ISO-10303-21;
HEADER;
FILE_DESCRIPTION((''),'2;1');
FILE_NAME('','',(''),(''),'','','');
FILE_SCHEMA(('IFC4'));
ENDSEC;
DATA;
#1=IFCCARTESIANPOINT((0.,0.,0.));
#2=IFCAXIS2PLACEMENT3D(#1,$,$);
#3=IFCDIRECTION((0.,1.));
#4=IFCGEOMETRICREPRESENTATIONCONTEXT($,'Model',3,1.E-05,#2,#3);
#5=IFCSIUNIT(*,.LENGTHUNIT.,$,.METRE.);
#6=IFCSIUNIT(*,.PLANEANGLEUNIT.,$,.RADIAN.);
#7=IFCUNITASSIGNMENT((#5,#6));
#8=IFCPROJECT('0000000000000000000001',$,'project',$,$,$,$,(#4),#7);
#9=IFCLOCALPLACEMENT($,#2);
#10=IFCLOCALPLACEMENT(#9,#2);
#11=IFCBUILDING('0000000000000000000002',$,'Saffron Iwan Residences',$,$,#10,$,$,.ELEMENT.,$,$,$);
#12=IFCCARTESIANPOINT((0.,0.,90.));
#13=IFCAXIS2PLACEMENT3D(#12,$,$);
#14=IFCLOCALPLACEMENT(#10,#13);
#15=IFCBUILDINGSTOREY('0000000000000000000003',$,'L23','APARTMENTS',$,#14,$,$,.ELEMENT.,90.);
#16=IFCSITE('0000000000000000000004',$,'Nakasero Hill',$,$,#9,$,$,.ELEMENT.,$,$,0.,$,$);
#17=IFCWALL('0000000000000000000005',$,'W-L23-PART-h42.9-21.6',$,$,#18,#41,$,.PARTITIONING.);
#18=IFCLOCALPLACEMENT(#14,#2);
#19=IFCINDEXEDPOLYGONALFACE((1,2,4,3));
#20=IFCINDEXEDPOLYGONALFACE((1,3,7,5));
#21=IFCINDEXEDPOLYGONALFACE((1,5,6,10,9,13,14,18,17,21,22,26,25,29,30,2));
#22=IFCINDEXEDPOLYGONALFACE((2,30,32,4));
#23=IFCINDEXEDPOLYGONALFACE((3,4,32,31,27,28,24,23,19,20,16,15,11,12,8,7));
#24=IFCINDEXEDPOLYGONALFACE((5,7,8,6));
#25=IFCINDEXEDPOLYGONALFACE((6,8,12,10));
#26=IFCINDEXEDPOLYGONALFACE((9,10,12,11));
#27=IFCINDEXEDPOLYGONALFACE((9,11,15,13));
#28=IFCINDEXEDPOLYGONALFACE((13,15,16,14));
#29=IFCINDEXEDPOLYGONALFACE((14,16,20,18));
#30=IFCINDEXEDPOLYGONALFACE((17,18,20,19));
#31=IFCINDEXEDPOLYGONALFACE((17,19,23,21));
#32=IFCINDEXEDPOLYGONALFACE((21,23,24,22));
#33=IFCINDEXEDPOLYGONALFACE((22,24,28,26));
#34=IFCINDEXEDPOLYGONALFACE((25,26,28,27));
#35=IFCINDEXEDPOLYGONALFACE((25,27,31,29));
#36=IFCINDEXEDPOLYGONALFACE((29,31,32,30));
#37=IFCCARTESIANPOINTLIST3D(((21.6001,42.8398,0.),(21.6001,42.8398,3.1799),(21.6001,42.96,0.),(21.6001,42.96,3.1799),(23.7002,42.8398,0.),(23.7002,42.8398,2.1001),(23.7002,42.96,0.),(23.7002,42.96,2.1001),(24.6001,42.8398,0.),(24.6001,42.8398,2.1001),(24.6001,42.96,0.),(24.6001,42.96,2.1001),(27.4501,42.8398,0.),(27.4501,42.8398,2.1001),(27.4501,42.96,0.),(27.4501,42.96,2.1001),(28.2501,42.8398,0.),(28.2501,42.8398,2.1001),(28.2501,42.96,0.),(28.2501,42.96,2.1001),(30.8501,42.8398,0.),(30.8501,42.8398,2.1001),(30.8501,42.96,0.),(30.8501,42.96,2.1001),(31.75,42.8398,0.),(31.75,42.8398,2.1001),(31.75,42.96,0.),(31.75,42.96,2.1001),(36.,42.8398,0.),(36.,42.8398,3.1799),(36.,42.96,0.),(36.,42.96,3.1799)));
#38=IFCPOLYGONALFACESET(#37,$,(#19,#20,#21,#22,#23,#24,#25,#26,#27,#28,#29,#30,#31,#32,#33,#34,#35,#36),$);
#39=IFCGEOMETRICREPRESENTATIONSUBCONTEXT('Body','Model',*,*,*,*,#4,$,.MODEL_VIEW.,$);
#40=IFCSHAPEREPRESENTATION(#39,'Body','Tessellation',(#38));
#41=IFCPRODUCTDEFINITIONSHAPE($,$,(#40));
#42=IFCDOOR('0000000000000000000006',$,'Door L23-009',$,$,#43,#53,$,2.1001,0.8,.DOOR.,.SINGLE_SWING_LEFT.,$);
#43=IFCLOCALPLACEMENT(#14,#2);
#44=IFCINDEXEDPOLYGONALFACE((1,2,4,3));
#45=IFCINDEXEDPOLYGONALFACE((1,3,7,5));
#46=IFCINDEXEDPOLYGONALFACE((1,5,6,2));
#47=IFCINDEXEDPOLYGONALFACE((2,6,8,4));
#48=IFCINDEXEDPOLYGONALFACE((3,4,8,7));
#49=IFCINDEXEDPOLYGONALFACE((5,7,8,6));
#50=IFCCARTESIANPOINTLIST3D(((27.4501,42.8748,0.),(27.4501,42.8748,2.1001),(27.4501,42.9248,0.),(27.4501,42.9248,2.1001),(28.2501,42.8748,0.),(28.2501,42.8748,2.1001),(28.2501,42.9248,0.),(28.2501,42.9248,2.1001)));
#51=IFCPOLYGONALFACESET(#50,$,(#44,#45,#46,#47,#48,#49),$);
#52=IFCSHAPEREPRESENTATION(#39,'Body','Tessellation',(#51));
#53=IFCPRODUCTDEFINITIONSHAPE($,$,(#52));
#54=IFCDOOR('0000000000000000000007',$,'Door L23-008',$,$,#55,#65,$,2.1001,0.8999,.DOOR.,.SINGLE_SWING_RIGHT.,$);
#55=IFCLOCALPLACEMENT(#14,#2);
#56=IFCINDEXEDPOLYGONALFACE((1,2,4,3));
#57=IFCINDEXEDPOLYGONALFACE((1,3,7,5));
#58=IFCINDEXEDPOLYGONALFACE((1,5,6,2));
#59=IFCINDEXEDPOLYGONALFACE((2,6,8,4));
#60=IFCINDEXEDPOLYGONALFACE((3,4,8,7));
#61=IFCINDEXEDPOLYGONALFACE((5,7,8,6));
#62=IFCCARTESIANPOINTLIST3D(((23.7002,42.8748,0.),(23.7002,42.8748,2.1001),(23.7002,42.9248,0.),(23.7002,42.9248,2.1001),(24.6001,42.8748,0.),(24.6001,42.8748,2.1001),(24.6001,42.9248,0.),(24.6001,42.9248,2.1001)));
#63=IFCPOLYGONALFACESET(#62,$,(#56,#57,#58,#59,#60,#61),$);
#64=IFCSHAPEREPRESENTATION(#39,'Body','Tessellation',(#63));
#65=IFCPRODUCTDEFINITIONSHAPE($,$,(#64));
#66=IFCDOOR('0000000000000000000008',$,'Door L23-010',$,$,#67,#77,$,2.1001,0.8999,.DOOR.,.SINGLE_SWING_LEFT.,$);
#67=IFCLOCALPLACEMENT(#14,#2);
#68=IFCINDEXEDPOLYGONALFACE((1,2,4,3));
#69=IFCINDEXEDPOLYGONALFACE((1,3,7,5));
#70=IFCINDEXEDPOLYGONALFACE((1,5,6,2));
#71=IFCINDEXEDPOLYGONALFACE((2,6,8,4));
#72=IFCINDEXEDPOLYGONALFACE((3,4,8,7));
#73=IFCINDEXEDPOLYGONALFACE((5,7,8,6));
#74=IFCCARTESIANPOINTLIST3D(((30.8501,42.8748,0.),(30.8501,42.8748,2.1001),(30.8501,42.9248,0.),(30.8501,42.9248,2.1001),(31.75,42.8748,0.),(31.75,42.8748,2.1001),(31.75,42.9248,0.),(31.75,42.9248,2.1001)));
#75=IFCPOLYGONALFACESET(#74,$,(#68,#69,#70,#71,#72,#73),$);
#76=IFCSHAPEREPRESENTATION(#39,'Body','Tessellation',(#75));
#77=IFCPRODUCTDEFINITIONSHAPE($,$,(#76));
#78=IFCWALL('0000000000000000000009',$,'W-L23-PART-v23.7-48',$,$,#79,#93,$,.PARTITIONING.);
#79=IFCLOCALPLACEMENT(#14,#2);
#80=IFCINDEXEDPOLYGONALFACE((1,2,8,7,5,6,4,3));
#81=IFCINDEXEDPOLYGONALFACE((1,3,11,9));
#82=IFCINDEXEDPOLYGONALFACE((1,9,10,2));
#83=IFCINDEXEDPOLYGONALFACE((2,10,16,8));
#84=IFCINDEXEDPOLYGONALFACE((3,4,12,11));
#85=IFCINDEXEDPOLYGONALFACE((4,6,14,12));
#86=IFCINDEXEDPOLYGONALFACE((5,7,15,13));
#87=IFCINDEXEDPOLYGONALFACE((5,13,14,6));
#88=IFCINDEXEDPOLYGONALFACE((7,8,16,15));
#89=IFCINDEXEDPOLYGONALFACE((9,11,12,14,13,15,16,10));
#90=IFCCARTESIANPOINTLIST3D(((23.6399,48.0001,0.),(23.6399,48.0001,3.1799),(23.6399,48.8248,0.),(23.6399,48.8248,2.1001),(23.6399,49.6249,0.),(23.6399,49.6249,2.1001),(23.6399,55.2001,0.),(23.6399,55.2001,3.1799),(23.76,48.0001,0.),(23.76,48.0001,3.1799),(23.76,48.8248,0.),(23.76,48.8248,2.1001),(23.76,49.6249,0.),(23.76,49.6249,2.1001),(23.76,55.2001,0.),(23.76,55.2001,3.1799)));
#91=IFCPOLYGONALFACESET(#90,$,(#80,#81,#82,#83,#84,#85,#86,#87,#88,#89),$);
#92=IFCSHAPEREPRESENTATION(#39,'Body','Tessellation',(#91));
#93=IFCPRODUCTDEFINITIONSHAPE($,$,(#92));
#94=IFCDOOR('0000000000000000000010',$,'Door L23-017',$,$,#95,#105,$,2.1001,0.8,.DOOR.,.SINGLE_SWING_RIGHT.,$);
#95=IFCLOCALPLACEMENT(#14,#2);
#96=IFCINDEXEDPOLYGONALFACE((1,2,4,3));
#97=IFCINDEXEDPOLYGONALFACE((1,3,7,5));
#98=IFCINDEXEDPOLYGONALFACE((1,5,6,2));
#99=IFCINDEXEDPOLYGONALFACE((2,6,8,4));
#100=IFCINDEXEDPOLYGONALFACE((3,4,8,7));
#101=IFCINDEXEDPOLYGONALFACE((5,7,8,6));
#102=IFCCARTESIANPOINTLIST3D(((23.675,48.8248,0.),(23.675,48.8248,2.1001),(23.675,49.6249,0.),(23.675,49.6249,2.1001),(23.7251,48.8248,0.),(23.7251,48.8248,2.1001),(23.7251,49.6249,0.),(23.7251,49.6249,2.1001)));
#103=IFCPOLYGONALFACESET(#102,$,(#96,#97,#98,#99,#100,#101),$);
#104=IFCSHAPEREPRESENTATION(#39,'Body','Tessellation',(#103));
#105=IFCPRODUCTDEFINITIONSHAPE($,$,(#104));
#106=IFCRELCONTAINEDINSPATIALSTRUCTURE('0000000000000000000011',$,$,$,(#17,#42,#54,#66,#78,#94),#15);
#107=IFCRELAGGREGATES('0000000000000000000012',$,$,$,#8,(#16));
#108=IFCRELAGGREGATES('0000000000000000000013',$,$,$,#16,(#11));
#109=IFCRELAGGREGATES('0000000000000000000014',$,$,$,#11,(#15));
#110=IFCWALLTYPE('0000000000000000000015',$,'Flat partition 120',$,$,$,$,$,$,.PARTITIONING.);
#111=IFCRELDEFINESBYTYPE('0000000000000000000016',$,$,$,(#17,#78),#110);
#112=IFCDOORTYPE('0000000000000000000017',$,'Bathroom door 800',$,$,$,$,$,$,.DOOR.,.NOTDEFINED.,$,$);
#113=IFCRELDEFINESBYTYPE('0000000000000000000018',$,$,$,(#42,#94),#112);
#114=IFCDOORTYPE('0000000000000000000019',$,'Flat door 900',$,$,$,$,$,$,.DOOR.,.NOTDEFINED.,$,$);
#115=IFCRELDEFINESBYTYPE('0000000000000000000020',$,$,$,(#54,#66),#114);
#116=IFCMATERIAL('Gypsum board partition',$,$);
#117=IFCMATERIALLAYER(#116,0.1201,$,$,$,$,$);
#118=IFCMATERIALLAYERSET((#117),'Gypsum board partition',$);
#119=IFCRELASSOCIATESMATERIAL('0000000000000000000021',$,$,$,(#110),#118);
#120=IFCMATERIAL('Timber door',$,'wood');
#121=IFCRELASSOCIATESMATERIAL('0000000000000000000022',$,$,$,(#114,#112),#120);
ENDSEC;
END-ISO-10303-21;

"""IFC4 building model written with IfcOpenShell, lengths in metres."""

from ifc_helpers import new_model, si_unit, direction, frame, frame_2d, origin, place, context, subcontext, project, spatial, rectangle, extrude, material, layer, layer_set, type_object, element, fill, save


model = new_model("IFC4")

# Units and contexts
model_context = context("Model", 3, precision=1e-05, world=origin(), true_north=direction((0.0, 1.0)))
body_context = subcontext(model_context, "Body", "Model", "MODEL_VIEW")
ifc_project = project(units=[si_unit("LENGTHUNIT", "METRE"), si_unit("PLANEANGLEUNIT", "RADIAN")], contexts=[model_context])

# Site, building, storey
site_placement = place(None, origin())
site = spatial("IfcSite", under=ifc_project, at=site_placement, Name="Nakasero Hill", CompositionType="ELEMENT", RefElevation=0.0)
building_placement = place(site_placement, origin())
building = spatial("IfcBuilding", under=site, at=building_placement, Name="Saffron Iwan Residences", CompositionType="ELEMENT")
storey_placement = place(building_placement, frame((0.0, 0.0, 90.0)))
storey = spatial("IfcBuildingStorey", under=building, at=storey_placement, Name="L23", Description="APARTMENTS", CompositionType="ELEMENT", Elevation=90.0)

# Shared definitions
ifc_material_1 = material(Name="Gypsum board partition")
ifc_layer_1 = layer(ifc_material_1, 0.1201)
ifc_layer_set_1 = layer_set([ifc_layer_1], Name="Gypsum board partition")
wall_type_1 = type_object("IfcWallType", Name="Flat partition 120", PredefinedType="PARTITIONING", material=ifc_layer_set_1)
ifc_material_2 = material(Name="Timber door", Category="wood")
door_type_1 = type_object("IfcDoorType", Name="Flat door 900", OperationType="NOTDEFINED", PredefinedType="DOOR", material=ifc_material_2)

# Wall, openings, doors
wall_1_placement = place(storey_placement, frame((21.6001, 42.8999, 0.0), z_axis=(0.0, 0.0, 1.0), x_axis=(1.0, 0.0, 0.0)))
wall_1 = element("IfcWall", 1, at=wall_1_placement, inside=storey, type_object=wall_type_1, Name="W-L23-PART-h42.9-21.6", PredefinedType="PARTITIONING", context=body_context, shape_type="SweptSolid", body=[
    extrude(rectangle(XDim=14.3999, YDim=0.1201, at=frame_2d((7.2, 0.0))), origin(), (0.0, 0.0, 1.0), 3.1799),
])
opening_1_placement = place(wall_1_placement, frame((2.1001, 0.0, 0.0)))
opening_1 = element("IfcOpeningElement", 2, at=opening_1_placement, cuts=wall_1, PredefinedType="OPENING", context=body_context, shape_type="SweptSolid", body=[
    extrude(rectangle(XDim=0.8999, YDim=2.1001, at=frame_2d((0.45, 1.05))), frame((0.0, 0.0701, 0.0), z_axis=(0.0, -1.0, 0.0), x_axis=(1.0, 0.0, 0.0)), (0.0, 0.0, 1.0), 0.1401),
])
opening_2_placement = place(wall_1_placement, frame((5.8501, 0.0, 0.0)))
opening_2 = element("IfcOpeningElement", 3, at=opening_2_placement, cuts=wall_1, PredefinedType="OPENING", context=body_context, shape_type="SweptSolid", body=[
    extrude(rectangle(XDim=0.8, YDim=2.1001, at=frame_2d((0.3999, 1.05))), frame((0.0, 0.0701, 0.0), z_axis=(0.0, -1.0, 0.0), x_axis=(1.0, 0.0, 0.0)), (0.0, 0.0, 1.0), 0.1401),
])
opening_3_placement = place(wall_1_placement, frame((9.25, 0.0, 0.0)))
opening_3 = element("IfcOpeningElement", 4, at=opening_3_placement, cuts=wall_1, PredefinedType="OPENING", context=body_context, shape_type="SweptSolid", body=[
    extrude(rectangle(XDim=0.8999, YDim=2.1001, at=frame_2d((0.45, 1.05))), frame((0.0, 0.0701, 0.0), z_axis=(0.0, -1.0, 0.0), x_axis=(1.0, 0.0, 0.0)), (0.0, 0.0, 1.0), 0.1401),
])
door_type_2 = type_object("IfcDoorType", Name="Bathroom door 800", OperationType="NOTDEFINED", PredefinedType="DOOR", material=ifc_material_2)
door_1_placement = place(opening_2_placement, origin())
door_1 = element("IfcDoor", 5, at=door_1_placement, inside=storey, type_object=door_type_2, Name="Door L23-009", OperationType="SINGLE_SWING_LEFT", OverallHeight=2.1001, OverallWidth=0.8, PredefinedType="DOOR", context=body_context, shape_type="SweptSolid", body=[
    extrude(rectangle(XDim=0.8, YDim=2.1001, at=frame_2d((0.3999, 1.05))), frame((0.0, 0.0249, 0.0), z_axis=(0.0, -1.0, 0.0), x_axis=(1.0, 0.0, 0.0)), (0.0, 0.0, 1.0), 0.05),
])
fill(opening_2, door_1)
door_2_placement = place(opening_1_placement, origin())
door_2 = element("IfcDoor", 6, at=door_2_placement, inside=storey, type_object=door_type_1, Name="Door L23-008", OperationType="SINGLE_SWING_RIGHT", OverallHeight=2.1001, OverallWidth=0.8999, PredefinedType="DOOR", context=body_context, shape_type="SweptSolid", body=[
    extrude(rectangle(XDim=0.8999, YDim=2.1001, at=frame_2d((0.45, 1.05))), frame((0.0, 0.0249, 0.0), z_axis=(0.0, -1.0, 0.0), x_axis=(1.0, 0.0, 0.0)), (0.0, 0.0, 1.0), 0.05),
])
fill(opening_1, door_2)
door_3_placement = place(opening_3_placement, origin())
door_3 = element("IfcDoor", 7, at=door_3_placement, inside=storey, type_object=door_type_1, Name="Door L23-010", OperationType="SINGLE_SWING_LEFT", OverallHeight=2.1001, OverallWidth=0.8999, PredefinedType="DOOR", context=body_context, shape_type="SweptSolid", body=[
    extrude(rectangle(XDim=0.8999, YDim=2.1001, at=frame_2d((0.45, 1.05))), frame((0.0, 0.0249, 0.0), z_axis=(0.0, -1.0, 0.0), x_axis=(1.0, 0.0, 0.0)), (0.0, 0.0, 1.0), 0.05),
])
fill(opening_3, door_3)

# Wall, opening, door
wall_2_placement = place(storey_placement, frame((23.7, 48.0, 0.0), z_axis=(0.0, 0.0, 1.0), x_axis=(0.0, 1.0, 0.0)))
wall_2 = element("IfcWall", 8, at=wall_2_placement, inside=storey, type_object=wall_type_1, Name="W-L23-PART-v23.7-48", PredefinedType="PARTITIONING", context=body_context, shape_type="SweptSolid", body=[
    extrude(rectangle(XDim=7.2, YDim=0.1201, at=frame_2d((3.6001, 0.0))), origin(), (0.0, 0.0, 1.0), 3.1799),
])
opening_4_placement = place(wall_2_placement, frame((0.825, 0.0, 0.0)))
opening_4 = element("IfcOpeningElement", 9, at=opening_4_placement, cuts=wall_2, PredefinedType="OPENING", context=body_context, shape_type="SweptSolid", body=[
    extrude(rectangle(XDim=0.8, YDim=2.1001, at=frame_2d((0.3999, 1.05))), frame((0.0, 0.0701, 0.0), z_axis=(0.0, -1.0, 0.0), x_axis=(1.0, 0.0, 0.0)), (0.0, 0.0, 1.0), 0.1401),
])
door_4_placement = place(opening_4_placement, origin())
door_4 = element("IfcDoor", 10, at=door_4_placement, inside=storey, type_object=door_type_2, Name="Door L23-017", OperationType="SINGLE_SWING_RIGHT", OverallHeight=2.1001, OverallWidth=0.8, PredefinedType="DOOR", context=body_context, shape_type="SweptSolid", body=[
    extrude(rectangle(XDim=0.8, YDim=2.1001, at=frame_2d((0.3999, 1.05))), frame((0.0, 0.0249, 0.0), z_axis=(0.0, -1.0, 0.0), x_axis=(1.0, 0.0, 0.0)), (0.0, 0.0, 1.0), 0.05),
])
fill(opening_4, door_4)

save(model, "model.ifc")
